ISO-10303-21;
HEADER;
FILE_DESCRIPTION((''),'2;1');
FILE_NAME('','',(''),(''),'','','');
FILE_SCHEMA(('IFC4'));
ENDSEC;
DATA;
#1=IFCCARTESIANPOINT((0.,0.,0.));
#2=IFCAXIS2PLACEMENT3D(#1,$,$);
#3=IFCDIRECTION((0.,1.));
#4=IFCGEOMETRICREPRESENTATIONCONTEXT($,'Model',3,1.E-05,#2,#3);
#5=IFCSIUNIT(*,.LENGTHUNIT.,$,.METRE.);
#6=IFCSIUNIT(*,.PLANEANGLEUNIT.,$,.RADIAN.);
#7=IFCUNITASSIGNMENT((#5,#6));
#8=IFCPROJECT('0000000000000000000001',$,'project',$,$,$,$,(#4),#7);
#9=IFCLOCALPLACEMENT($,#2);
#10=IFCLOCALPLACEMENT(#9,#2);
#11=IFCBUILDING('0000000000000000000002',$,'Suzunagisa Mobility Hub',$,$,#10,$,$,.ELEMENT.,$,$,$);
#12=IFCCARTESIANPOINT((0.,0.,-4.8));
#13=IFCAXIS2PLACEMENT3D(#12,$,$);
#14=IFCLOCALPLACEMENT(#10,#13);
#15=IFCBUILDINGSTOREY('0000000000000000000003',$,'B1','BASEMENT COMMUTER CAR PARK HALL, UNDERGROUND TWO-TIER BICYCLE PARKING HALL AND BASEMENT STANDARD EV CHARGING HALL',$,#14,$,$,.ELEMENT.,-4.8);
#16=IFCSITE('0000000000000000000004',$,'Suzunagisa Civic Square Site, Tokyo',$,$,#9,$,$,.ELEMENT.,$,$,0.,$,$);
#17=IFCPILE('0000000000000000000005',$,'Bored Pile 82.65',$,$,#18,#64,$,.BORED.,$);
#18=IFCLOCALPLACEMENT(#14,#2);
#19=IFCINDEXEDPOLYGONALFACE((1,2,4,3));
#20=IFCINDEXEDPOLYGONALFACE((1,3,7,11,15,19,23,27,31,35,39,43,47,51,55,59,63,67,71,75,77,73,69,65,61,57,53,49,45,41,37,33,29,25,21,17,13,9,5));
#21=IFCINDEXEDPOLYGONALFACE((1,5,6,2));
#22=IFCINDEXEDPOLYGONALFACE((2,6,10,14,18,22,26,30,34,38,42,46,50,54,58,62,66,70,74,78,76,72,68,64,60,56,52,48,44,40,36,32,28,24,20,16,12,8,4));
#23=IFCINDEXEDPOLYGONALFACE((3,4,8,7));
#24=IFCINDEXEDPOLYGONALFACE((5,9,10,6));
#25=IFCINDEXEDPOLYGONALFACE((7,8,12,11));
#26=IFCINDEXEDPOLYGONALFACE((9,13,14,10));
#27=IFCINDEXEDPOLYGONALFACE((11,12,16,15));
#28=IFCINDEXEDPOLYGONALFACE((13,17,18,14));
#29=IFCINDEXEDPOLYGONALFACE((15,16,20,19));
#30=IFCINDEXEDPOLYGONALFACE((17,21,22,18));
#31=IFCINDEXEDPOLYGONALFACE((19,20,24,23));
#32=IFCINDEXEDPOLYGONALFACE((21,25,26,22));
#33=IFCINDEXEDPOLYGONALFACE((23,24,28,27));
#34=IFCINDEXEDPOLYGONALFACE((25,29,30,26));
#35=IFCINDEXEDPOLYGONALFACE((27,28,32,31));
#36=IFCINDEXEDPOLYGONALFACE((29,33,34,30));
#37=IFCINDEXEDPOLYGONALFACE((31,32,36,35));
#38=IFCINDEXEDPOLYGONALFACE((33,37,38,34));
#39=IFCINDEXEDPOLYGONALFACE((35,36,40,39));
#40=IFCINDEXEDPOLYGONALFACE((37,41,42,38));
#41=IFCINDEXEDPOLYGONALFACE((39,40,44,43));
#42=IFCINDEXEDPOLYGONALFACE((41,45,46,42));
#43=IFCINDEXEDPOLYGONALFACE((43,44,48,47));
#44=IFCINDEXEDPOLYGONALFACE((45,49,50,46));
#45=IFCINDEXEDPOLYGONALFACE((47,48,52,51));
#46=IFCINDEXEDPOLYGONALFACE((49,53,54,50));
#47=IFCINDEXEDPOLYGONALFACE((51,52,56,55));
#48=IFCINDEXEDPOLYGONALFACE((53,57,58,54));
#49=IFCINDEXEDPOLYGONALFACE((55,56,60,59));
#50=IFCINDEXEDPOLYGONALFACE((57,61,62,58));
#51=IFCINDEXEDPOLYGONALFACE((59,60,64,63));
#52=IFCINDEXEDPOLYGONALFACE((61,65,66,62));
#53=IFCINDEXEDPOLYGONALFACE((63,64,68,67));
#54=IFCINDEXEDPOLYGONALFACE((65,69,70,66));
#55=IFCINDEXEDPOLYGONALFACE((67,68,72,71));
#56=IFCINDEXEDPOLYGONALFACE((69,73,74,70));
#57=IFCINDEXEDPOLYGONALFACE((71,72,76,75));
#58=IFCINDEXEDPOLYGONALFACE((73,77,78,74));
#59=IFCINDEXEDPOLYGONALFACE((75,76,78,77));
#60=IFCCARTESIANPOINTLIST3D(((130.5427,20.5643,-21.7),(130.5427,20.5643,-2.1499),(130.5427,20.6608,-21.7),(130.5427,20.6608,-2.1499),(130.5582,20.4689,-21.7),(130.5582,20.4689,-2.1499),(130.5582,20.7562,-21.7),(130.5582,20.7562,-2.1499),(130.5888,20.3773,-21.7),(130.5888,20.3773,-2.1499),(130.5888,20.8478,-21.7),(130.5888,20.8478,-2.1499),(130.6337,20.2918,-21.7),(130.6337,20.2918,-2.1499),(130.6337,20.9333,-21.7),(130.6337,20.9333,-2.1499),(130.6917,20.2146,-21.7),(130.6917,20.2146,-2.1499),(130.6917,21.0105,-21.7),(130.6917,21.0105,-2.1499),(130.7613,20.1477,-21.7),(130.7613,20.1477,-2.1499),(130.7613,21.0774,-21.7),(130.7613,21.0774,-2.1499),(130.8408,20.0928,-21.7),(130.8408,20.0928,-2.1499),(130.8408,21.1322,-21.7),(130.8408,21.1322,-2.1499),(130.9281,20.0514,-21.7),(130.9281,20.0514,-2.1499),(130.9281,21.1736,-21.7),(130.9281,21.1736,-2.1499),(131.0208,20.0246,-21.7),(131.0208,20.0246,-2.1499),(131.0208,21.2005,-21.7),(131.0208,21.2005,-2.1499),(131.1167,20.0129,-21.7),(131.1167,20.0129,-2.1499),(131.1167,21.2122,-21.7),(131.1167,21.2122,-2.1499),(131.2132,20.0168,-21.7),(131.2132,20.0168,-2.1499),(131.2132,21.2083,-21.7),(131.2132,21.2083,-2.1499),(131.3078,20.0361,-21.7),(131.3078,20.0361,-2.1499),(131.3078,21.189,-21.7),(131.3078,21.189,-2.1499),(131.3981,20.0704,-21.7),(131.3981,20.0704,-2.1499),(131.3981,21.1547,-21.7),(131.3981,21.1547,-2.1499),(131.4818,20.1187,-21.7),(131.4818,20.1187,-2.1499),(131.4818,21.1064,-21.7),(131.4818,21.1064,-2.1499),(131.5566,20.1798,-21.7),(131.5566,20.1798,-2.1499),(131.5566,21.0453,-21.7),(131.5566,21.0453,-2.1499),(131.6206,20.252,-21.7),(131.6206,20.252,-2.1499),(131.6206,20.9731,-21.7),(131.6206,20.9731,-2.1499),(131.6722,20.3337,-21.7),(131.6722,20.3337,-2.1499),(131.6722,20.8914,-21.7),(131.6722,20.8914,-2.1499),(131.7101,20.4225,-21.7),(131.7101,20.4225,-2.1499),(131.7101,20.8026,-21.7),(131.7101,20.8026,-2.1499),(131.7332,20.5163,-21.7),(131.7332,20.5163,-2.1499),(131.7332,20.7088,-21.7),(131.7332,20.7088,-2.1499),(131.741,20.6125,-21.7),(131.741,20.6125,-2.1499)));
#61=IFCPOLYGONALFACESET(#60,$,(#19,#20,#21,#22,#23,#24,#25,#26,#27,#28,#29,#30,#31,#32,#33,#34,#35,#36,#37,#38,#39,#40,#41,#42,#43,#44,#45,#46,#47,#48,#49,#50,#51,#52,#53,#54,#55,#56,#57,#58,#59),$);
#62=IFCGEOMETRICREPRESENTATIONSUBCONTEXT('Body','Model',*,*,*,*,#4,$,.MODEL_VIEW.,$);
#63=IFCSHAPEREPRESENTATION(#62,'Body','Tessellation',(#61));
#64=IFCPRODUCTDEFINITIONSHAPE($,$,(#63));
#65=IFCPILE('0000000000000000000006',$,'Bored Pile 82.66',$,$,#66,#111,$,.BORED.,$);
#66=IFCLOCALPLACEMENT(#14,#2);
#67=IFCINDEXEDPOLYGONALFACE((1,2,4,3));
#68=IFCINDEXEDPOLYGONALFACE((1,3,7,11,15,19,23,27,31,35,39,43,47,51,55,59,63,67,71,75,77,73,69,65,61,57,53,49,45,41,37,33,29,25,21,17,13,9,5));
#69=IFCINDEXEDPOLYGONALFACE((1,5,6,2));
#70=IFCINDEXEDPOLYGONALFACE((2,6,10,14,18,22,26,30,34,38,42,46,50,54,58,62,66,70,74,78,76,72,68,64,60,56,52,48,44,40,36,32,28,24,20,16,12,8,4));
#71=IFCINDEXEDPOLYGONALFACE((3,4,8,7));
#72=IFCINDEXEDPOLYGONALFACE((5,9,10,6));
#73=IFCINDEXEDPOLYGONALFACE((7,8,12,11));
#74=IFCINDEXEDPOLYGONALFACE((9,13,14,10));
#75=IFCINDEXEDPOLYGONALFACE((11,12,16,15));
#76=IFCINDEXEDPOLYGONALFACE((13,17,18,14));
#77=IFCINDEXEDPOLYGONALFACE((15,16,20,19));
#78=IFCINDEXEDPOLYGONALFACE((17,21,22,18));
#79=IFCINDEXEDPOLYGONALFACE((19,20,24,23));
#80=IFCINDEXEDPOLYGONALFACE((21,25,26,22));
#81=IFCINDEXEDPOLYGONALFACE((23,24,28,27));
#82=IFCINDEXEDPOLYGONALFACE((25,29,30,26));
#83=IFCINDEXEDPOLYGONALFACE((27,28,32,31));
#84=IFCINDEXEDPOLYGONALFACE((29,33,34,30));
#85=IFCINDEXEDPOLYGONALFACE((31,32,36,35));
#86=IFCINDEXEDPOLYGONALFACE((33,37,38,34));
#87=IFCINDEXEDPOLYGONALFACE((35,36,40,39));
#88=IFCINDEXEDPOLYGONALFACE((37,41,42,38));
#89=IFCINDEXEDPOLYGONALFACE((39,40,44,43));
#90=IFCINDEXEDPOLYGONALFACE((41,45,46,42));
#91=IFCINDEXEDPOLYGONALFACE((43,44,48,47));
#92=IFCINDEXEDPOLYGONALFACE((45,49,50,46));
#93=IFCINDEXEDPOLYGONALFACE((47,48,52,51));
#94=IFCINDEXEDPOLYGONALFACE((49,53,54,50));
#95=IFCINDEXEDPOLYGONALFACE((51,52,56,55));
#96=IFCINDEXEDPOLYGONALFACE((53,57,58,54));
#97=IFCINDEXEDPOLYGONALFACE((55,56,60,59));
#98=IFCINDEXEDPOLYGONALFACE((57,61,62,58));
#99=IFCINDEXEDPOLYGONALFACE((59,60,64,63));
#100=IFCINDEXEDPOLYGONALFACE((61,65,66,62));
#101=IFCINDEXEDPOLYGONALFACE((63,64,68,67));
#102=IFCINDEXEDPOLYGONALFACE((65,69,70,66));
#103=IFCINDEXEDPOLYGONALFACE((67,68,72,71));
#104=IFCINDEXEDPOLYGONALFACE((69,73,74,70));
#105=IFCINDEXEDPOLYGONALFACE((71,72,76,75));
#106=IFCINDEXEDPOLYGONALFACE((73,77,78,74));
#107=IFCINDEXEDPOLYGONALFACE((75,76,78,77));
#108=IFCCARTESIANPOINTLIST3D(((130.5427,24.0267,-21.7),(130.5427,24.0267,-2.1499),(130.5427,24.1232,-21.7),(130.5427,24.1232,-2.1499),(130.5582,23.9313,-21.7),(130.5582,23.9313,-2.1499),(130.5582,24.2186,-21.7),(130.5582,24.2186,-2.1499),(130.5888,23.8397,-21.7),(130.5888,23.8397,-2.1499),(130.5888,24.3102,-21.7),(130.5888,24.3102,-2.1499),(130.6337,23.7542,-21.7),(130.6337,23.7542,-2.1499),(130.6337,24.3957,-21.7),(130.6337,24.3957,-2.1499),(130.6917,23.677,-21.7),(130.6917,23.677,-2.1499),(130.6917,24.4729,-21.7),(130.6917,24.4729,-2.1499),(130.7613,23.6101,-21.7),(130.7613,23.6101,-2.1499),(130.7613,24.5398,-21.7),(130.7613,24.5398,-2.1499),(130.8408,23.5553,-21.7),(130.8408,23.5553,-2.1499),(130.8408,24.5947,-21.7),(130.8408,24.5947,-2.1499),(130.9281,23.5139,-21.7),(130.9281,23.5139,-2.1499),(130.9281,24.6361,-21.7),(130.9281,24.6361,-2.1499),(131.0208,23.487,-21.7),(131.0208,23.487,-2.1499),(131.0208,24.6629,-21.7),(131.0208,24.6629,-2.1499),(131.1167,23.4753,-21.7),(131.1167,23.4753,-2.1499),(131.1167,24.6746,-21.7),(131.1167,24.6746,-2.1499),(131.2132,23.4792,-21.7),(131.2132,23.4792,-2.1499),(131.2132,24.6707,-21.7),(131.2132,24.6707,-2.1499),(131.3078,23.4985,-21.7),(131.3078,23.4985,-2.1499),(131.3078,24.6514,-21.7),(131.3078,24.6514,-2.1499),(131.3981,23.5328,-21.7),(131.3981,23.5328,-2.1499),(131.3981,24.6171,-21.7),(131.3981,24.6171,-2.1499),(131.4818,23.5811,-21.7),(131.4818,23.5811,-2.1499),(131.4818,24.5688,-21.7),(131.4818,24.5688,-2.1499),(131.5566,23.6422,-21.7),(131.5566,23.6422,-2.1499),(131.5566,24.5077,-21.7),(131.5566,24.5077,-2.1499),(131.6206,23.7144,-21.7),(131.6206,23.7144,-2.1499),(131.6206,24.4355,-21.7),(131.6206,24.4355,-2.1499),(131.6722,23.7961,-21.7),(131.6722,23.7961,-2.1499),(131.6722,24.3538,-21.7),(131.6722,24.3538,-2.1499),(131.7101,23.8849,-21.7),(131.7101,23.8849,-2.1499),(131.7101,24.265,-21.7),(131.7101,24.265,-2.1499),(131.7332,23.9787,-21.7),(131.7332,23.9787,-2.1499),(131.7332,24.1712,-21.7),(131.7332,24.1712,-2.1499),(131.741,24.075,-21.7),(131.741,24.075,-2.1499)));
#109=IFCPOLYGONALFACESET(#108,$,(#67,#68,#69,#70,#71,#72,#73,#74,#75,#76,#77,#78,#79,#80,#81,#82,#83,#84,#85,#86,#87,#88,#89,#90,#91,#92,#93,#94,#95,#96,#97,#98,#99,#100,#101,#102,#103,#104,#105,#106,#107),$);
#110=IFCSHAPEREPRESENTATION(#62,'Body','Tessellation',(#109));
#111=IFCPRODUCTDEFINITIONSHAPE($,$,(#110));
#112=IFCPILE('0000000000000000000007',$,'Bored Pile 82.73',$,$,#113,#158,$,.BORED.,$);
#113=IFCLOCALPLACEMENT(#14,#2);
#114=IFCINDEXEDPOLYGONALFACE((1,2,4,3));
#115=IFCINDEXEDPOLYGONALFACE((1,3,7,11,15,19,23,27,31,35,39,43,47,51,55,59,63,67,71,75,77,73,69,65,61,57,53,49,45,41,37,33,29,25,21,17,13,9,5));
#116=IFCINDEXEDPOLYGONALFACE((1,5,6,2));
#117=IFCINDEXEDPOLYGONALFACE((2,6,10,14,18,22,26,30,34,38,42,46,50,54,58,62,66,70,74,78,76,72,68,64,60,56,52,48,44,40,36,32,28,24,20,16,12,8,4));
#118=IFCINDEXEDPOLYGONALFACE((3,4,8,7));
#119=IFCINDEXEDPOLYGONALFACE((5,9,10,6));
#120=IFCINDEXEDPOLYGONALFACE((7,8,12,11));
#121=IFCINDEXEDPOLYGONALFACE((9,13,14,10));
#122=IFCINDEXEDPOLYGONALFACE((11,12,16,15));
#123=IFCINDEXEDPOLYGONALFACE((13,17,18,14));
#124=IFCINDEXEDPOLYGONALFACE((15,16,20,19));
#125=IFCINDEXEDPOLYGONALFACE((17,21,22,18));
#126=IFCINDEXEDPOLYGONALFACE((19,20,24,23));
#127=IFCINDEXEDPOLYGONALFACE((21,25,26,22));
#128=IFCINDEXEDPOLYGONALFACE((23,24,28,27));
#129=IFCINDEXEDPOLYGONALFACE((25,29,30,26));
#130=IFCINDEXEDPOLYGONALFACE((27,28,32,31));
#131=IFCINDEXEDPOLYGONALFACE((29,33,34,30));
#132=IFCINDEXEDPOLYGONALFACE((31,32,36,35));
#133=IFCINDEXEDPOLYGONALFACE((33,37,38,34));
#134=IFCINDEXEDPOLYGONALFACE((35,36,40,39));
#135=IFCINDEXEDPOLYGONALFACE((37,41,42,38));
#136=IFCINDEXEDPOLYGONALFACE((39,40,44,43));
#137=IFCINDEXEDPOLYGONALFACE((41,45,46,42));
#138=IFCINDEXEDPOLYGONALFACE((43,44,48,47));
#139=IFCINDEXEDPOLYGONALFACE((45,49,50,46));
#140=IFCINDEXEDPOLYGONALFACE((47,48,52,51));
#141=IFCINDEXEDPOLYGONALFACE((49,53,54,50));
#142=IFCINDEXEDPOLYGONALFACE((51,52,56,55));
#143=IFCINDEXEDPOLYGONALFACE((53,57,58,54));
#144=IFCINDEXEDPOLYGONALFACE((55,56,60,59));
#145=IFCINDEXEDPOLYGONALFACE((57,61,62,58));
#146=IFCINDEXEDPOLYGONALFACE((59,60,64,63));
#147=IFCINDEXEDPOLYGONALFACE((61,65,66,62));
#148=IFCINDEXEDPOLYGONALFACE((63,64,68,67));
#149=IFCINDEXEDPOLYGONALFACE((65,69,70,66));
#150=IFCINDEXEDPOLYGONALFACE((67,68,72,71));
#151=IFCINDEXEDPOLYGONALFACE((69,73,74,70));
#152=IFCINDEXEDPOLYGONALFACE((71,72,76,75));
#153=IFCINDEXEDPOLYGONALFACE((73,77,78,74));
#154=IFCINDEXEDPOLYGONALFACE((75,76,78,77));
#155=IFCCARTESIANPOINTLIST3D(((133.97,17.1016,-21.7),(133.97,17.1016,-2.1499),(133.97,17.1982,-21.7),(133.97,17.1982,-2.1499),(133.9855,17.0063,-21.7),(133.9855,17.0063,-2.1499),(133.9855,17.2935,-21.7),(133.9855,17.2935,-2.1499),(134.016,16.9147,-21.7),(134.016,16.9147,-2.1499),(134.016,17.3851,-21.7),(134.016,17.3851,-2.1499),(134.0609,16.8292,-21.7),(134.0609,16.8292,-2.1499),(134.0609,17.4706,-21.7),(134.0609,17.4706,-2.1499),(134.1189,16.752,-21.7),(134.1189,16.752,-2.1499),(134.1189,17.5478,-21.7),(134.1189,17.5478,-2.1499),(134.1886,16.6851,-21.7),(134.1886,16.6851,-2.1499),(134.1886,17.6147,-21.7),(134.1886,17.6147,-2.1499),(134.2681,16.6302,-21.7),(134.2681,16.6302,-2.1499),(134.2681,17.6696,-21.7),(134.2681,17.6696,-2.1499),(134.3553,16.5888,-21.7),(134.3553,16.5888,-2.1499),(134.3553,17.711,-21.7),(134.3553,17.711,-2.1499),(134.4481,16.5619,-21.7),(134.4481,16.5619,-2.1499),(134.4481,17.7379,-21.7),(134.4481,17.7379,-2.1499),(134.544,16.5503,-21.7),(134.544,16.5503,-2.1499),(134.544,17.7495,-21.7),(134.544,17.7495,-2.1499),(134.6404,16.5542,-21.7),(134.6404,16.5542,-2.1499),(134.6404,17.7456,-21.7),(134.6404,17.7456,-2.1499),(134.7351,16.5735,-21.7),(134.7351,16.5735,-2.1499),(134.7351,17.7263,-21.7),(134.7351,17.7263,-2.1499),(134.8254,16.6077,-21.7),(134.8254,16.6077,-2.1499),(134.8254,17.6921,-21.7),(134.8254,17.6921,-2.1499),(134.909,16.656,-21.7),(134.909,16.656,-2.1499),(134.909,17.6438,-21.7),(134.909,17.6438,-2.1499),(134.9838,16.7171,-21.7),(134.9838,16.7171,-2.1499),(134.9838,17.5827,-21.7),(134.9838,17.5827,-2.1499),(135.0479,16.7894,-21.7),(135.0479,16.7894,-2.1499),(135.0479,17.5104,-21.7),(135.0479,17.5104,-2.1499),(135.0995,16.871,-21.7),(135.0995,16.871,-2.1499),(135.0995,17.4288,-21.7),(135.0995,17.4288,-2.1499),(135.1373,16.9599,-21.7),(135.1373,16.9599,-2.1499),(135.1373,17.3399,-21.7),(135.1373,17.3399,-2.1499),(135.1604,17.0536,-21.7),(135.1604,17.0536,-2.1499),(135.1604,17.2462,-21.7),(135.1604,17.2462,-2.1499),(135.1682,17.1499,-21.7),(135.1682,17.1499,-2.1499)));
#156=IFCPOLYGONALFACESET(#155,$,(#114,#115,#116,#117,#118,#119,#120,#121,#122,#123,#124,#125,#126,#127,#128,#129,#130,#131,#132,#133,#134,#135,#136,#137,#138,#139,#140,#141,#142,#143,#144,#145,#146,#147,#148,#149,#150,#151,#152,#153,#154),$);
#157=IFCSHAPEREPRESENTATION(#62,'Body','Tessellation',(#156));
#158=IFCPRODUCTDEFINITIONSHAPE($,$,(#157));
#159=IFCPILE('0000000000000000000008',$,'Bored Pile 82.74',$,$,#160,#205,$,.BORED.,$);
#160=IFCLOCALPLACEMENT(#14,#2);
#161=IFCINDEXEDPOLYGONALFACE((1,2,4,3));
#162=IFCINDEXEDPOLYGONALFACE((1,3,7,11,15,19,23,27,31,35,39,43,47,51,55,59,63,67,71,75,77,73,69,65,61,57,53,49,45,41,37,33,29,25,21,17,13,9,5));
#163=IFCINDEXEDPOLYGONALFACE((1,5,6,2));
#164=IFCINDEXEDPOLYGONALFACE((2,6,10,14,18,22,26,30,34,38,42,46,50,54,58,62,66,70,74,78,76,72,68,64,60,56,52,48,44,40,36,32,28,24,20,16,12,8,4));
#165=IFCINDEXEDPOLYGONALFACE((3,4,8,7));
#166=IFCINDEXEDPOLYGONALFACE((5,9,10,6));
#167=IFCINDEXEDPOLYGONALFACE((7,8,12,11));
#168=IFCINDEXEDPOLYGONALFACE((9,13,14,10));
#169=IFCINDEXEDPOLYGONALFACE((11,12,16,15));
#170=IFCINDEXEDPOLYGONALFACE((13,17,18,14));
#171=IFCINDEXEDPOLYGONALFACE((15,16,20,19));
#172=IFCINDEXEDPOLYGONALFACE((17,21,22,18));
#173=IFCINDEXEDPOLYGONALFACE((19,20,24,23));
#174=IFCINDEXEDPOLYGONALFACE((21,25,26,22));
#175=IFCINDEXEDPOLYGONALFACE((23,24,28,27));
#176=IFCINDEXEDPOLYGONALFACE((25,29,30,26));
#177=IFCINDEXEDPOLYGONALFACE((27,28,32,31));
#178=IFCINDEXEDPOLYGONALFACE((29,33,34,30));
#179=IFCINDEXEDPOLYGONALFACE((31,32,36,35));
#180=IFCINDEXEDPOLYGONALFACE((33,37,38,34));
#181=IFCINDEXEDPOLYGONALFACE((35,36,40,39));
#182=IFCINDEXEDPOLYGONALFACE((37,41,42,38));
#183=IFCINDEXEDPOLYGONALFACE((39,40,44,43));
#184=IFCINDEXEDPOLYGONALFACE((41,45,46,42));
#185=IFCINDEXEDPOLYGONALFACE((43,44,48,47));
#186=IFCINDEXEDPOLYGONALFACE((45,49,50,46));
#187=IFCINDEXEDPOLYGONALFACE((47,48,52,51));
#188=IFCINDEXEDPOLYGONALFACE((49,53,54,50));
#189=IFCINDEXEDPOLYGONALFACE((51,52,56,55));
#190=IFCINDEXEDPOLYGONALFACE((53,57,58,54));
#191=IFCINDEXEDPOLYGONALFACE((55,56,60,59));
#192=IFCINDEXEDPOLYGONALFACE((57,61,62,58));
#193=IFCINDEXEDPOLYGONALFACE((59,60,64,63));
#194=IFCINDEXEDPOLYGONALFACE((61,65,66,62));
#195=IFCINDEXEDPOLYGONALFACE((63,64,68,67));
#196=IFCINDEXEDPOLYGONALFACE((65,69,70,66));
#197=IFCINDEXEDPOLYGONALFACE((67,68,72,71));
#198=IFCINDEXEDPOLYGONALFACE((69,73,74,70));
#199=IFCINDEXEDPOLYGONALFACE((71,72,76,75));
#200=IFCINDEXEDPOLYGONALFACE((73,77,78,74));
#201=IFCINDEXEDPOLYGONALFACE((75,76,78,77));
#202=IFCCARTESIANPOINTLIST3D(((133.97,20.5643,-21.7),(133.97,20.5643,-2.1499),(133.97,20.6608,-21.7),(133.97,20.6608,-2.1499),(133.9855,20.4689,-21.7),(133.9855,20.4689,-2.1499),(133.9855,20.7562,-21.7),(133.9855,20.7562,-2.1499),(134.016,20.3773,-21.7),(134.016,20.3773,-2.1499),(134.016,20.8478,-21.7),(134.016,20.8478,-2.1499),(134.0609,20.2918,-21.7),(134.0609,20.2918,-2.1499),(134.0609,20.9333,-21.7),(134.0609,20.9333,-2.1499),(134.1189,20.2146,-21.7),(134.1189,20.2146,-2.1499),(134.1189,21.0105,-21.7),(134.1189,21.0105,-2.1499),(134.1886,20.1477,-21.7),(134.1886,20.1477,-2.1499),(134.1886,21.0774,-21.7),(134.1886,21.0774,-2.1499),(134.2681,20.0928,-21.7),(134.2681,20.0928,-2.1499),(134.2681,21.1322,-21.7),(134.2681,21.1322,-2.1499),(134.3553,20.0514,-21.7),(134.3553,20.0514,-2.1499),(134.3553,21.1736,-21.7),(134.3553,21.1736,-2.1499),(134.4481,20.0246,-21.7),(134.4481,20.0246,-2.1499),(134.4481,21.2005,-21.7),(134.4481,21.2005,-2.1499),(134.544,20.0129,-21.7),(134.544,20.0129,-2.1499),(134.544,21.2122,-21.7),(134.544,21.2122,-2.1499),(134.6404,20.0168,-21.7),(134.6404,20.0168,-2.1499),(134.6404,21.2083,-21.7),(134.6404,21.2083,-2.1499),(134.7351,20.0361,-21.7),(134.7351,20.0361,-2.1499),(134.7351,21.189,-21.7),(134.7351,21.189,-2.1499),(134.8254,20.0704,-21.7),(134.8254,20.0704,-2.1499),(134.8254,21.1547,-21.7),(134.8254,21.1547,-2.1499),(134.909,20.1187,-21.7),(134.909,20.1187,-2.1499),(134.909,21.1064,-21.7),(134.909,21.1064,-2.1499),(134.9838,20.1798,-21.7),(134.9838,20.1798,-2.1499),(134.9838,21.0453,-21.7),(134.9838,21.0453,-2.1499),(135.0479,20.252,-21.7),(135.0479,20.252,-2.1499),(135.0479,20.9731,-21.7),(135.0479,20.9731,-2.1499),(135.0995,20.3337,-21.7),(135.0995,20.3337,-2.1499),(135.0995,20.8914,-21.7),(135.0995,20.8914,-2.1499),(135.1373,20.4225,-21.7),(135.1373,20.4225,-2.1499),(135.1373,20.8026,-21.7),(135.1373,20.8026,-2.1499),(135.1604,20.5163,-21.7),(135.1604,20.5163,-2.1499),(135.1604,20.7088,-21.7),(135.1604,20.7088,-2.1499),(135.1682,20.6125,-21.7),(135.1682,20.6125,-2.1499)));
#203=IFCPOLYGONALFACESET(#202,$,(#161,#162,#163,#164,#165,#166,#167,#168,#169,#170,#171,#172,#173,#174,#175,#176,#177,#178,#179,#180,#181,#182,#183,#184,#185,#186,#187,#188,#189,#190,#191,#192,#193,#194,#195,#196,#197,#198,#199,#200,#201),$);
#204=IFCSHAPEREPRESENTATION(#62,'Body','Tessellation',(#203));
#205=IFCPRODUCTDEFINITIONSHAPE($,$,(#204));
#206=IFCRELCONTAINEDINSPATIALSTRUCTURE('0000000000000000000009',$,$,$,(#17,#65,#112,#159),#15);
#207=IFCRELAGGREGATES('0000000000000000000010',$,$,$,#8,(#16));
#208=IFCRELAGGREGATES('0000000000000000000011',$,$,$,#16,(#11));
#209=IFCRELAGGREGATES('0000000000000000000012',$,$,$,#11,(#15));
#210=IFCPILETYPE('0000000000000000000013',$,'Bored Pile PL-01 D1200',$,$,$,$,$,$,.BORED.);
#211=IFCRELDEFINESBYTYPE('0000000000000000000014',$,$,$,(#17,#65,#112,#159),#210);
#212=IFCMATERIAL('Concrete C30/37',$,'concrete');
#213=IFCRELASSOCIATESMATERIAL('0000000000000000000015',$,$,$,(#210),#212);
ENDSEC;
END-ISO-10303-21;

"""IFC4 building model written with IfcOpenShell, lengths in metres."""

from ifc_helpers import new_model, si_unit, direction, frame, origin, origin_2d, place, context, subcontext, project, spatial, circle, extrude, material, material_profile, profile_set, type_object, element, save


model = new_model("IFC4")

# Units and contexts
model_context = context("Model", 3, precision=1e-05, world=origin(), true_north=direction((0.0, 1.0)))
body_context = subcontext(model_context, "Body", "Model", "MODEL_VIEW")
ifc_project = project(units=[si_unit("LENGTHUNIT", "METRE"), si_unit("PLANEANGLEUNIT", "RADIAN")], contexts=[model_context])

# Site, building, storey
site_placement = place(None, origin())
site = spatial("IfcSite", under=ifc_project, at=site_placement, Name="Suzunagisa Civic Square Site, Tokyo", CompositionType="ELEMENT", RefElevation=0.0)
building_placement = place(site_placement, origin())
building = spatial("IfcBuilding", under=site, at=building_placement, Name="Suzunagisa Mobility Hub", CompositionType="ELEMENT")
storey_placement = place(building_placement, frame((0.0, 0.0, -4.8)))
storey = spatial("IfcBuildingStorey", under=building, at=storey_placement, Name="B1", Description="BASEMENT COMMUTER CAR PARK HALL, UNDERGROUND TWO-TIER BICYCLE PARKING HALL AND BASEMENT STANDARD EV CHARGING HALL", CompositionType="ELEMENT", Elevation=-4.8)

# Piles
ifc_material_1 = material(Name="Concrete C30/37", Category="concrete")
ifc_material_profile_1 = material_profile(ifc_material_1, circle(Radius=0.6001, at=origin_2d()), Name="BORED PILE D1200")
ifc_profile_set_1 = profile_set([ifc_material_profile_1], Name="Concrete C30/37")
pile_type = type_object("IfcPileType", Name="Bored Pile PL-01 D1200", PredefinedType="BORED", material=ifc_profile_set_1)
for number, where, z_axis, x_axis, name in (
    (1, (131.1409, 20.6125, -2.1499), (0.0, 0.0, -1.0), (1.0, 0.0, 0.0), "Bored Pile 82.65"),
    (2, (131.1409, 24.075, -2.1499), (0.0, 0.0, -1.0), (1.0, 0.0, 0.0), "Bored Pile 82.66"),
    (3, (134.5681, 17.1499, -2.1499), (0.0, 0.0, -1.0), (1.0, 0.0, 0.0), "Bored Pile 82.73"),
    (4, (134.5681, 20.6125, -2.1499), (0.0, 0.0, -1.0), (1.0, 0.0, 0.0), "Bored Pile 82.74"),
):
    element("IfcPile", number, at=place(storey_placement, frame(where, z_axis=z_axis, x_axis=x_axis)), inside=storey, type_object=pile_type, Name=name, PredefinedType="BORED", context=body_context, shape_type="SweptSolid", body=[
        extrude(circle(Radius=0.6001, at=origin_2d()), origin(), (0.0, 0.0, 1.0), 19.55),
    ])

save(model, "model.ifc")
